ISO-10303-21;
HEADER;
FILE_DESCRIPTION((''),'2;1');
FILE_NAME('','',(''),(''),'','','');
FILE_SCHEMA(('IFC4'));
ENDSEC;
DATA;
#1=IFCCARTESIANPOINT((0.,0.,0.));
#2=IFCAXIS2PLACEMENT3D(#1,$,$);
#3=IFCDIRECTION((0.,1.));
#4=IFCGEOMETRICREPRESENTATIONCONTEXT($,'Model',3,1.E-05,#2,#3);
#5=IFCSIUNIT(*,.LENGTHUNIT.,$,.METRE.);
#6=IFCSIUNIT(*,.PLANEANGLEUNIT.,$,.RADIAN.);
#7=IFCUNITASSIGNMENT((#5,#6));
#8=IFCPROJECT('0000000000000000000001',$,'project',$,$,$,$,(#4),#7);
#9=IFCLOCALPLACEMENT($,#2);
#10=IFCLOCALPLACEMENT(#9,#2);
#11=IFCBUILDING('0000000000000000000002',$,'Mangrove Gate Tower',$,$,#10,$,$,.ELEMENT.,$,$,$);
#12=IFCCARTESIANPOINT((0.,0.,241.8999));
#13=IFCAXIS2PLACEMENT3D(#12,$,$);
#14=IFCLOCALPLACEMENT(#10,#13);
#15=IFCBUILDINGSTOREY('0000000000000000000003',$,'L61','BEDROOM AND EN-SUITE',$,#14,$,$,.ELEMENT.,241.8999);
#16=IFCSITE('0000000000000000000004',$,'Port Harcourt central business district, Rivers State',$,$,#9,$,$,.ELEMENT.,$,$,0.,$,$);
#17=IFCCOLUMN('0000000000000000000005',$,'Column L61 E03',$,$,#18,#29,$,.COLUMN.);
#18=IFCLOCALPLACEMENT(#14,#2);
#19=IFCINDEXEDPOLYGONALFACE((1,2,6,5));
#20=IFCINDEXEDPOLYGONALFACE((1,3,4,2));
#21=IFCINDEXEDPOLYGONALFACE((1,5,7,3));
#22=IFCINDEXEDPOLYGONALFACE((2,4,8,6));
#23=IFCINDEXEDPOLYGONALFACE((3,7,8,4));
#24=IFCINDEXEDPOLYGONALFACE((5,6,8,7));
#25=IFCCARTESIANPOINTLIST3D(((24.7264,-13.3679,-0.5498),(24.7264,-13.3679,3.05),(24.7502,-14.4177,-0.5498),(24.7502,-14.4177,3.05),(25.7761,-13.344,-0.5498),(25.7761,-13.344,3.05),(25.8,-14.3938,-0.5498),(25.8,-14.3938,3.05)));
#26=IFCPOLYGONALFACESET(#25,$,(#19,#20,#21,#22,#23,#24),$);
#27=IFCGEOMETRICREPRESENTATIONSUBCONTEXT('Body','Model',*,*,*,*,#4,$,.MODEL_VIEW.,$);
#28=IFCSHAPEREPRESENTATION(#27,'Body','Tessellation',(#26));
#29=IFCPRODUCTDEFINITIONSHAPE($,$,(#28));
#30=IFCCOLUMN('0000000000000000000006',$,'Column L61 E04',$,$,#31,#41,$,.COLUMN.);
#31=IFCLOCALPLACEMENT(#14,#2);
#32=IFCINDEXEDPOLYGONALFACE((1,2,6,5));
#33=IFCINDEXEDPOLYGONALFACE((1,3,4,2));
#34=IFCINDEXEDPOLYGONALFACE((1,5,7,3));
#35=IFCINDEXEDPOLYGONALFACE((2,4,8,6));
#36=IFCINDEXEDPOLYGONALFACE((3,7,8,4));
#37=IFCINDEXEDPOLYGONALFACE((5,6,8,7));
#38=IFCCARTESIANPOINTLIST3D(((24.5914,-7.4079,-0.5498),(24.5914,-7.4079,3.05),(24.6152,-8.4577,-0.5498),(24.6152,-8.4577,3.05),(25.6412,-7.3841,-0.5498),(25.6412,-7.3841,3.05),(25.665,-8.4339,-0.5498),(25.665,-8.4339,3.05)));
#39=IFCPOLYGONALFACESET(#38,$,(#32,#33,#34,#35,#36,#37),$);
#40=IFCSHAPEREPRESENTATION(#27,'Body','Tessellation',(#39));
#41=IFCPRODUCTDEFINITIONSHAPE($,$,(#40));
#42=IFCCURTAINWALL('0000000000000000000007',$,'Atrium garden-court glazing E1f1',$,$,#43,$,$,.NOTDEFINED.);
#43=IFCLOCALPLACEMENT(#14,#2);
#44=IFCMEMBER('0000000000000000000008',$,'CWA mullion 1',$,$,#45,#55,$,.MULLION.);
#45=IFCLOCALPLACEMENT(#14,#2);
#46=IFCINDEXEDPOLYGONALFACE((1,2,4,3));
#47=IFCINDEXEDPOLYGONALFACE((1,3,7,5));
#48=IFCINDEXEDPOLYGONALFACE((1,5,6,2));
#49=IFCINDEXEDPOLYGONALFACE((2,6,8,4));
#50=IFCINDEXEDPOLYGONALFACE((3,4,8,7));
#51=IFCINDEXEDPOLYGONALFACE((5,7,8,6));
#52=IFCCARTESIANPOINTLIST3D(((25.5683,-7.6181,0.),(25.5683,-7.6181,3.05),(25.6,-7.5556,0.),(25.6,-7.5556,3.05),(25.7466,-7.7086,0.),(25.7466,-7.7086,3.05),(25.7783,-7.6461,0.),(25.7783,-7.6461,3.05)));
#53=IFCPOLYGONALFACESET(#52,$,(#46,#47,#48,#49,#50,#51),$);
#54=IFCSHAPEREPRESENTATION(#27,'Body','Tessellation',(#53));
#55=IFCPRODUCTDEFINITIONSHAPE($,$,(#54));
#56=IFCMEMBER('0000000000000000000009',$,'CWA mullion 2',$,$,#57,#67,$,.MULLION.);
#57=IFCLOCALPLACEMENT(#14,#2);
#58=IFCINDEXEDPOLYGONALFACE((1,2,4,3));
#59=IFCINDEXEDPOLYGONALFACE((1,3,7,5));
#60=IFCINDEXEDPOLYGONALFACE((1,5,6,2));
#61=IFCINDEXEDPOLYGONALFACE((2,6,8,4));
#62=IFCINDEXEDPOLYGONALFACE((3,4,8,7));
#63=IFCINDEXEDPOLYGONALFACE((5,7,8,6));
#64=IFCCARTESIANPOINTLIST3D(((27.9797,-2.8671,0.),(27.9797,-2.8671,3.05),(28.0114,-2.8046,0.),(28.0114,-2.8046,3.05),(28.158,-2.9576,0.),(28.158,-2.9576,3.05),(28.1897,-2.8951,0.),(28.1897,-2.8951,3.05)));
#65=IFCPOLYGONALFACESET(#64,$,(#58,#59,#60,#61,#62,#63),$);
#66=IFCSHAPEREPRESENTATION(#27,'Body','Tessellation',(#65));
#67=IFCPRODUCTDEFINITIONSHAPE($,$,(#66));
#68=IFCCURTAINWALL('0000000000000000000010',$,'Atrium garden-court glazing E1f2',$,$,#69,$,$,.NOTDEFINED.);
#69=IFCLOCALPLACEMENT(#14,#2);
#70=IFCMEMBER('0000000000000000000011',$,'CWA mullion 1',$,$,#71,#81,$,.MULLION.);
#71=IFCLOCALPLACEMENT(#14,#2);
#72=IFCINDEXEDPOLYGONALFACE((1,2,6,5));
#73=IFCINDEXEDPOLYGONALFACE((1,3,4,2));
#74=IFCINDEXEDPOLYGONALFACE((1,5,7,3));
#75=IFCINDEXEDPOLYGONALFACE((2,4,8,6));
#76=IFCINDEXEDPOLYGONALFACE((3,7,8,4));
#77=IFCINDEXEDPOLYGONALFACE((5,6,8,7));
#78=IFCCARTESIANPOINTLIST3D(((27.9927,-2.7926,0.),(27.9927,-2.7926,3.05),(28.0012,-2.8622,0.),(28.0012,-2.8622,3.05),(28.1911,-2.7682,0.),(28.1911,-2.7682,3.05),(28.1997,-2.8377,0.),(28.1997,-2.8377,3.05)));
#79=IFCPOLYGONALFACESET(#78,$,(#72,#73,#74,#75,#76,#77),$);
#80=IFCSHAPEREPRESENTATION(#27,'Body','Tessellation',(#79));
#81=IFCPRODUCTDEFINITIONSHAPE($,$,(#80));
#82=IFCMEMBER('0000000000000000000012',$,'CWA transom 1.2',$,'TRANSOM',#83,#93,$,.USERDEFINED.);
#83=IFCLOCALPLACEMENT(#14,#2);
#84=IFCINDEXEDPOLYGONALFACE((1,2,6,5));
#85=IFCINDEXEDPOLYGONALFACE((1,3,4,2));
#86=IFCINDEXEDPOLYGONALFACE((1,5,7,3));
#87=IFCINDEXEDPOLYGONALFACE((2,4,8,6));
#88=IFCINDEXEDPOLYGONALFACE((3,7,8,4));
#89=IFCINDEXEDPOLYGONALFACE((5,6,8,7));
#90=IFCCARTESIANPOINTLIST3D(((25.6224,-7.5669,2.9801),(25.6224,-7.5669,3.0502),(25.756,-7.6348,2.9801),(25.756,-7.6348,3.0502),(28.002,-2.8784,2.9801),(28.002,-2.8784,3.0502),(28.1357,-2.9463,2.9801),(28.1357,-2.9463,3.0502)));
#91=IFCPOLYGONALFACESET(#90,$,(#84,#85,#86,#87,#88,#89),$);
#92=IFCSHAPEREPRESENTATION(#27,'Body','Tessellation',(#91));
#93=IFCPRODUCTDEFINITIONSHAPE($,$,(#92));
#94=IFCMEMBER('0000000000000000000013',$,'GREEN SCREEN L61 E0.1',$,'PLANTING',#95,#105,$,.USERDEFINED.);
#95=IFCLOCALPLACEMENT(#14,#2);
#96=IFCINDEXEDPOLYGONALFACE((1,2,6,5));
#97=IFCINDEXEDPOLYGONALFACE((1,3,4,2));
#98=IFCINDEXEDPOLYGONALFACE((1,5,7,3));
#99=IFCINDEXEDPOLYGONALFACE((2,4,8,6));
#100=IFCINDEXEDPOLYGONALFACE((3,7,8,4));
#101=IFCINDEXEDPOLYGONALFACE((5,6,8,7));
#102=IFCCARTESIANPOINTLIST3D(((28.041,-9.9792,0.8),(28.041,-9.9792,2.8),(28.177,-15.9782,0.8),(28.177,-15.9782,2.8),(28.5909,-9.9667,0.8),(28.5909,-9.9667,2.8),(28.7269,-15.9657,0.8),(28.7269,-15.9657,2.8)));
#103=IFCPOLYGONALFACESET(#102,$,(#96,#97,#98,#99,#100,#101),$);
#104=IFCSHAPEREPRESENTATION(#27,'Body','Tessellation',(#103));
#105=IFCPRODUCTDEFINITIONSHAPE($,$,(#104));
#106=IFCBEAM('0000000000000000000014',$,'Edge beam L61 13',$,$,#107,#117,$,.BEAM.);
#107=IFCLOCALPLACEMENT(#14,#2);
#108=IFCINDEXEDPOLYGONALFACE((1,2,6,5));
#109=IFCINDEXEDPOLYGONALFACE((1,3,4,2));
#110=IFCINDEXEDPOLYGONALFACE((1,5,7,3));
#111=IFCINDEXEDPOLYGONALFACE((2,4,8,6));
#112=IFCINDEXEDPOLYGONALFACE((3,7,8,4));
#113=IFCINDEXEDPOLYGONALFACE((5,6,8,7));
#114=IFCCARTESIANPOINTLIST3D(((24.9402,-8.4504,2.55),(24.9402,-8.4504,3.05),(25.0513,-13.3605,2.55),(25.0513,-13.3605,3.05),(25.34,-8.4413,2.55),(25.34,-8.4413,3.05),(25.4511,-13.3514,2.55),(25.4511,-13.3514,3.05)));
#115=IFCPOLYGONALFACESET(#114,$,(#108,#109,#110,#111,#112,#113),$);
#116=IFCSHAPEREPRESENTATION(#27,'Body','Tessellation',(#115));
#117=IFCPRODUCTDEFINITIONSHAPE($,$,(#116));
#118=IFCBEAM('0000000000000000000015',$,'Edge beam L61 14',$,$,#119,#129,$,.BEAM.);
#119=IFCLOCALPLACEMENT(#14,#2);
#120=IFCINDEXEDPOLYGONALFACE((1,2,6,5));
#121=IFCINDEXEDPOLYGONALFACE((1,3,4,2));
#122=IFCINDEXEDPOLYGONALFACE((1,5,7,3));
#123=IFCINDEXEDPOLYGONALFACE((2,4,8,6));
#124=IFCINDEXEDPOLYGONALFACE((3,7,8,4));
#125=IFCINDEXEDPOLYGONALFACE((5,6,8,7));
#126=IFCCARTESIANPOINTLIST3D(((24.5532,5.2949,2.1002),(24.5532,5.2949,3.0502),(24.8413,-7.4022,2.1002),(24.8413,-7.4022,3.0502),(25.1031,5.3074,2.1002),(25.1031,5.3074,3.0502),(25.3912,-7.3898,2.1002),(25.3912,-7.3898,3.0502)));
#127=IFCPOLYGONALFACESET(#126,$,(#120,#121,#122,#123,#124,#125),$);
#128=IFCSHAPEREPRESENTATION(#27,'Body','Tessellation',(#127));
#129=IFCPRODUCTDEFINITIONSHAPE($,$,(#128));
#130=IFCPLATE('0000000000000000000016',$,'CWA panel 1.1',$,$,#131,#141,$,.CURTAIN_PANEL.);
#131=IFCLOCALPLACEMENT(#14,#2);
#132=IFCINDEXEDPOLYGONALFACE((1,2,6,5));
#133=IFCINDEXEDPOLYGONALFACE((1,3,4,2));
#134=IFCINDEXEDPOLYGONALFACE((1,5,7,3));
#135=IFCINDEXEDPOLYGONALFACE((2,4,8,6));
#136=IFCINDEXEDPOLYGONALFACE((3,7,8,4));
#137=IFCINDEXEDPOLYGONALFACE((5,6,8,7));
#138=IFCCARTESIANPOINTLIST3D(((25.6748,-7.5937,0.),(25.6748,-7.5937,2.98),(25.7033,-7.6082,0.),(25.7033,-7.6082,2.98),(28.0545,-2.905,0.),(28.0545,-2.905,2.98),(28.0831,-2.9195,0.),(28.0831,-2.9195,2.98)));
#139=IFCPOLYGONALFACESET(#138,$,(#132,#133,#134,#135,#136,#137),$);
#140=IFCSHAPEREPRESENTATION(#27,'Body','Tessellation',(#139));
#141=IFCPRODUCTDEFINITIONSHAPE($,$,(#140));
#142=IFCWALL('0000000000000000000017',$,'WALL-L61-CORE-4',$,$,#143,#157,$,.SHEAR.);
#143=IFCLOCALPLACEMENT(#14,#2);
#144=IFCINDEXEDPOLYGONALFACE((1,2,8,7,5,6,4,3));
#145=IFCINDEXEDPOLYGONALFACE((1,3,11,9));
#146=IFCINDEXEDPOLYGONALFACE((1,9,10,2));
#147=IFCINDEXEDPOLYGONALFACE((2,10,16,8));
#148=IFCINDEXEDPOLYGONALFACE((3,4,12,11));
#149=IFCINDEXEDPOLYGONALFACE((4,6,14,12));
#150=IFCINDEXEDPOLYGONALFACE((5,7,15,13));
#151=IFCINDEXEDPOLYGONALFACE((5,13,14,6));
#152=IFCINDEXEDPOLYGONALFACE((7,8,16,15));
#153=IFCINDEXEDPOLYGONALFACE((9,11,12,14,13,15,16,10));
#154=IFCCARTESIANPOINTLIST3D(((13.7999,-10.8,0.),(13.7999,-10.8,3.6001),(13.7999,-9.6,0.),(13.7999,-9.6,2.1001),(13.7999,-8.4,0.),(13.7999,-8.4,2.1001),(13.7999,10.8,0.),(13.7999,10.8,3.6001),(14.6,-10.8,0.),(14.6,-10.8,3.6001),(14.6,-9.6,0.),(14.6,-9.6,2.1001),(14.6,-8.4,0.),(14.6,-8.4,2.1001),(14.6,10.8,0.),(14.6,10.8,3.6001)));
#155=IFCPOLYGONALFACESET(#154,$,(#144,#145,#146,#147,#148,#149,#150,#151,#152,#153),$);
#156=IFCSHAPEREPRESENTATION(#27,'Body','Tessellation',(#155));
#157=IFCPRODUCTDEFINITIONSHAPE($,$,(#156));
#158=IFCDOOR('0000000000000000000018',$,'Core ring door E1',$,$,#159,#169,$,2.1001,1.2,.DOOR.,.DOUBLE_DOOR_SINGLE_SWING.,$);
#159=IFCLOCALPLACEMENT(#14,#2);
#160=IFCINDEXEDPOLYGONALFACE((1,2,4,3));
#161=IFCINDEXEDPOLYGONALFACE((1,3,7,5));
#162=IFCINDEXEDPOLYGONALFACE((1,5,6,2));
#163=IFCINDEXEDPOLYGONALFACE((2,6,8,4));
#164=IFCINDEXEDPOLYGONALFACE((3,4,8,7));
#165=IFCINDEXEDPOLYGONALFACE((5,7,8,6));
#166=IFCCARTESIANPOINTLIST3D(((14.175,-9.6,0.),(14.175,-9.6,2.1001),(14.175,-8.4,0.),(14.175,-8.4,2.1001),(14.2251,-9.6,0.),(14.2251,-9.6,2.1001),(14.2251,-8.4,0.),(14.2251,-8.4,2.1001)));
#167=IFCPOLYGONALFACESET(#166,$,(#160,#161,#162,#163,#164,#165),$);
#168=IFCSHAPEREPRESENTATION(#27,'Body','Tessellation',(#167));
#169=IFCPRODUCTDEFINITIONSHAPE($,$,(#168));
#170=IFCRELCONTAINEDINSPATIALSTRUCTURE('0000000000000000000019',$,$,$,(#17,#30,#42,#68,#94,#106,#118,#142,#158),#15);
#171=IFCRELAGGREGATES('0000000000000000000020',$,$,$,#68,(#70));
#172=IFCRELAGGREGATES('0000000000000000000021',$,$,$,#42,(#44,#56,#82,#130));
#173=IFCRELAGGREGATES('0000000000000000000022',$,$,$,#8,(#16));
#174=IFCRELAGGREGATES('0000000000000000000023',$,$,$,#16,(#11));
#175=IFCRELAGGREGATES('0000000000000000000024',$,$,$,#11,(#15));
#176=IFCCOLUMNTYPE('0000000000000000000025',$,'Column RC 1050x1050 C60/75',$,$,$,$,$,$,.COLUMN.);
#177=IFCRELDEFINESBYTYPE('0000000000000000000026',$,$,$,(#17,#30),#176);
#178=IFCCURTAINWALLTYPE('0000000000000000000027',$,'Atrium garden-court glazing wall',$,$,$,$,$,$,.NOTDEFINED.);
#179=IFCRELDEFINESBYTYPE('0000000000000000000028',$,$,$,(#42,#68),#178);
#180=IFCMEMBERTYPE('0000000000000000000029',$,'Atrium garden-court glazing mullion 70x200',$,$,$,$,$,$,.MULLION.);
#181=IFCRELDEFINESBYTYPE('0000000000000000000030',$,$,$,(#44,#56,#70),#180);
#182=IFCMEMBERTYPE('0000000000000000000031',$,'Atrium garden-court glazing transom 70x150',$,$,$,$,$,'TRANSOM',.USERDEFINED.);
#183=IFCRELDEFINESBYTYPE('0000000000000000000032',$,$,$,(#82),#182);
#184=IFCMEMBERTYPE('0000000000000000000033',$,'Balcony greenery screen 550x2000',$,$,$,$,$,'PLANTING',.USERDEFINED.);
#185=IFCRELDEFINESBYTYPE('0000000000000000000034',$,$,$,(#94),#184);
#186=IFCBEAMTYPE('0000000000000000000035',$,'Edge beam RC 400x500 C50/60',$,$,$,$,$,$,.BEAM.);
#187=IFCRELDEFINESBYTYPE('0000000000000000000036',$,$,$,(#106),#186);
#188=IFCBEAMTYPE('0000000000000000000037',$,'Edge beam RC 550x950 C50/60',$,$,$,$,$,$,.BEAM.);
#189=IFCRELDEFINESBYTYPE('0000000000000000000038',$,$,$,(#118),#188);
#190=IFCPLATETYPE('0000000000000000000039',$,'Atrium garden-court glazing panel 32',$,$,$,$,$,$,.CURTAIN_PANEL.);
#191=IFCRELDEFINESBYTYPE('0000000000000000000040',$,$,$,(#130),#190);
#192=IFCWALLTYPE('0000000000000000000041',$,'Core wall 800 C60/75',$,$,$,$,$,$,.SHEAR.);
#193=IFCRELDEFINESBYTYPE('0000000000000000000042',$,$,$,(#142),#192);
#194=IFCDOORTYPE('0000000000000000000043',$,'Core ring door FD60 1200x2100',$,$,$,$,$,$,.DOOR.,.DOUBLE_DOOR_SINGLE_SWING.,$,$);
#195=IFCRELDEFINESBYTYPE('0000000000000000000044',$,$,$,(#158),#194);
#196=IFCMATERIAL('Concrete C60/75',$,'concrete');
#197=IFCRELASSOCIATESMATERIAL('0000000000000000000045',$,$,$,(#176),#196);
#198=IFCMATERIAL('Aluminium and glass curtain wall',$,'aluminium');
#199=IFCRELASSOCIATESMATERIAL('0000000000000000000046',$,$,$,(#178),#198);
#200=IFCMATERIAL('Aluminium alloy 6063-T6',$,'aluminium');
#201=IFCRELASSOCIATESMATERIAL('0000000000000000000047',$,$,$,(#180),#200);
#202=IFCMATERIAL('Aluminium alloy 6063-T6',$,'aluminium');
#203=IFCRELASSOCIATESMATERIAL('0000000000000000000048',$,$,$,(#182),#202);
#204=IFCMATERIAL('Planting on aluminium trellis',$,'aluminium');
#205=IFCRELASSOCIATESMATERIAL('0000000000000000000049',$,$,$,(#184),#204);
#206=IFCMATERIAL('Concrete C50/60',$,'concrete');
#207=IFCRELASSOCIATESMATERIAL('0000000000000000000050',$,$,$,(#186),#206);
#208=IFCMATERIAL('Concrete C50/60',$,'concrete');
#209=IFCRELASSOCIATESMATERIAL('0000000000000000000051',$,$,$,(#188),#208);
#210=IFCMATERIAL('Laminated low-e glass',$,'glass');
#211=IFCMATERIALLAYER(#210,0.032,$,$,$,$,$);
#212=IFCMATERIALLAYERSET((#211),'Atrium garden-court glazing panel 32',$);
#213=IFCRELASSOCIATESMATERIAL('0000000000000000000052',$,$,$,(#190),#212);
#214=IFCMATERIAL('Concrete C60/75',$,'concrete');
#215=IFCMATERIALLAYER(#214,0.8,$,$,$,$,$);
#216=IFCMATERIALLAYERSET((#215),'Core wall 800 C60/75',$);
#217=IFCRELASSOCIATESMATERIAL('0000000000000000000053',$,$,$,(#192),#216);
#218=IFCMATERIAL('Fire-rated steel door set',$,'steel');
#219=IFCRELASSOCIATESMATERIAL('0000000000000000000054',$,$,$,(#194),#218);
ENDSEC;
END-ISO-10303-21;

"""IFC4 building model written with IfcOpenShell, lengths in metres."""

from ifc_helpers import new_model, si_unit, direction, frame, frame_2d, origin, origin_2d, place, context, subcontext, project, spatial, rectangle, extrude, material, layer, layer_set, material_profile, profile_set, type_object, element, fill, aggregate, save


model = new_model("IFC4")

# Units and contexts
model_context = context("Model", 3, precision=1e-05, world=origin(), true_north=direction((0.0, 1.0)))
body_context = subcontext(model_context, "Body", "Model", "MODEL_VIEW")
ifc_project = project(units=[si_unit("LENGTHUNIT", "METRE"), si_unit("PLANEANGLEUNIT", "RADIAN")], contexts=[model_context])

# Site, building, storey
site_placement = place(None, origin())
site = spatial("IfcSite", under=ifc_project, at=site_placement, Name="Port Harcourt central business district, Rivers State", CompositionType="ELEMENT", RefElevation=0.0)
building_placement = place(site_placement, origin())
building = spatial("IfcBuilding", under=site, at=building_placement, Name="Mangrove Gate Tower", CompositionType="ELEMENT")
storey_placement = place(building_placement, frame((0.0, 0.0, 241.8999)))
storey = spatial("IfcBuildingStorey", under=building, at=storey_placement, Name="L61", Description="BEDROOM AND EN-SUITE", CompositionType="ELEMENT", Elevation=241.8999)

# Columns
ifc_material_1 = material(Name="Concrete C60/75", Category="concrete")
ifc_material_profile_1 = material_profile(ifc_material_1, rectangle(XDim=1.05, YDim=1.05, at=origin_2d()))
ifc_profile_set_1 = profile_set([ifc_material_profile_1], Name="Concrete C60/75")
column_type = type_object("IfcColumnType", Name="Column RC 1050x1050 C60/75", PredefinedType="COLUMN", material=ifc_profile_set_1)
for number, where, z_axis, x_axis, name in (
    (1, (25.2632, -13.8809, -0.5498), (0.0, 0.0, 1.0), (-0.022727, 0.999742, 0.0), "Column L61 E03"),
    (2, (25.1282, -7.9209, -0.5498), (0.0, 0.0, 1.0), (-0.022676, 0.999743, 0.0), "Column L61 E04"),
):
    element("IfcColumn", number, at=place(storey_placement, frame(where, z_axis=z_axis, x_axis=x_axis)), inside=storey, type_object=column_type, Name=name, PredefinedType="COLUMN", context=body_context, shape_type="SweptSolid", body=[
        extrude(rectangle(XDim=1.05, YDim=1.05, at=origin_2d()), origin(), (0.0, 0.0, 1.0), 3.5999),
    ])

# Curtain wall, members
ifc_material_2 = material(Name="Aluminium and glass curtain wall", Category="aluminium")
curtain_wall_type = type_object("IfcCurtainWallType", Name="Atrium garden-court glazing wall", PredefinedType="NOTDEFINED", material=ifc_material_2)
curtain_wall_1_placement = place(storey_placement, origin())
curtain_wall_1 = element("IfcCurtainWall", 3, at=curtain_wall_1_placement, inside=storey, type_object=curtain_wall_type, Name="Atrium garden-court glazing E1f1", PredefinedType="NOTDEFINED")
ifc_material_3 = material(Name="Aluminium alloy 6063-T6", Category="aluminium")
ifc_material_profile_2 = material_profile(ifc_material_3, rectangle(XDim=0.0701, YDim=0.2, at=origin_2d()))
ifc_profile_set_2 = profile_set([ifc_material_profile_2], Name="Aluminium alloy 6063-T6")
member_type_1 = type_object("IfcMemberType", Name="Atrium garden-court glazing mullion 70x200", PredefinedType="MULLION", material=ifc_profile_set_2)
member_1_placement = place(storey_placement, frame((25.6733, -7.6321, 0.0), z_axis=(0.0, 0.0, 1.0), x_axis=(0.452598, 0.891715, 0.0)))
member_1 = element("IfcMember", 4, at=member_1_placement, type_object=member_type_1, Name="CWA mullion 1", PredefinedType="MULLION", context=body_context, shape_type="SweptSolid", body=[
    extrude(rectangle(XDim=0.0701, YDim=0.2, at=origin_2d()), origin(), (0.0, 0.0, 1.0), 3.05),
])
member_2_placement = place(storey_placement, frame((28.0847, -2.8811, 0.0), z_axis=(0.0, 0.0, 1.0), x_axis=(0.452598, 0.891715, 0.0)))
member_2 = element("IfcMember", 5, at=member_2_placement, type_object=member_type_1, Name="CWA mullion 2", PredefinedType="MULLION", context=body_context, shape_type="SweptSolid", body=[
    extrude(rectangle(XDim=0.0701, YDim=0.2, at=origin_2d()), origin(), (0.0, 0.0, 1.0), 3.05),
])

# Curtain wall, member
curtain_wall_2_placement = place(storey_placement, origin())
curtain_wall_2 = element("IfcCurtainWall", 6, at=curtain_wall_2_placement, inside=storey, type_object=curtain_wall_type, Name="Atrium garden-court glazing E1f2", PredefinedType="NOTDEFINED")
member_3_placement = place(storey_placement, frame((28.0962, -2.8152, 0.0), z_axis=(0.0, 0.0, 1.0), x_axis=(-0.122172, 0.992509, 0.0)))
member_3 = element("IfcMember", 7, at=member_3_placement, type_object=member_type_1, Name="CWA mullion 1", PredefinedType="MULLION", context=body_context, shape_type="SweptSolid", body=[
    extrude(rectangle(XDim=0.0701, YDim=0.2, at=origin_2d()), origin(), (0.0, 0.0, 1.0), 3.05),
])
aggregate(curtain_wall_2, [member_3])

# Members
ifc_material_4 = material(Name="Aluminium alloy 6063-T6", Category="aluminium")
ifc_material_profile_3 = material_profile(ifc_material_4, rectangle(XDim=0.0701, YDim=0.1499, at=origin_2d()))
ifc_profile_set_3 = profile_set([ifc_material_profile_3], Name="Aluminium alloy 6063-T6")
member_type_2 = type_object("IfcMemberType", Name="Atrium garden-court glazing transom 70x150", ElementType="TRANSOM", PredefinedType="USERDEFINED", material=ifc_profile_set_3)
member_4_placement = place(storey_placement, frame((25.6892, -7.6008, 3.0151), z_axis=(0.452592, 0.891718, 0.0), x_axis=(0.0, 0.0, 1.0)))
member_4 = element("IfcMember", 8, at=member_4_placement, type_object=member_type_2, Name="CWA transom 1.2", ObjectType="TRANSOM", PredefinedType="USERDEFINED", context=body_context, shape_type="SweptSolid", body=[
    extrude(rectangle(XDim=0.0701, YDim=0.1499, at=origin_2d()), origin(), (0.0, 0.0, 1.0), 5.2578),
])
ifc_material_5 = material(Name="Planting on aluminium trellis", Category="aluminium")
ifc_material_profile_4 = material_profile(ifc_material_5, rectangle(XDim=0.55, YDim=2.0, at=origin_2d()))
ifc_profile_set_4 = profile_set([ifc_material_profile_4], Name="Planting on aluminium trellis")
member_type_3 = type_object("IfcMemberType", Name="Balcony greenery screen 550x2000", ElementType="PLANTING", PredefinedType="USERDEFINED", material=ifc_profile_set_4)
member_5_placement = place(storey_placement, frame((28.4519, -15.9719, 1.8), z_axis=(-0.022662, 0.999743, 0.0), x_axis=(-0.999743, -0.022662, 0.0)))
element("IfcMember", 9, at=member_5_placement, inside=storey, type_object=member_type_3, Name="GREEN SCREEN L61 E0.1", ObjectType="PLANTING", PredefinedType="USERDEFINED", context=body_context, shape_type="SweptSolid", body=[
    extrude(rectangle(XDim=0.55, YDim=2.0, at=origin_2d()), origin(), (0.0, 0.0, 1.0), 6.0005),
])

# Beams
ifc_material_6 = material(Name="Concrete C50/60", Category="concrete")
ifc_material_profile_5 = material_profile(ifc_material_6, rectangle(XDim=0.3999, YDim=0.5, at=origin_2d()))
ifc_profile_set_5 = profile_set([ifc_material_profile_5], Name="Concrete C50/60")
beam_type_1 = type_object("IfcBeamType", Name="Edge beam RC 400x500 C50/60", PredefinedType="BEAM", material=ifc_profile_set_5)
beam_1_placement = place(storey_placement, frame((25.2512, -13.356, 2.8), z_axis=(-0.022618, 0.999744, 0.0), x_axis=(-0.999744, -0.022618, 0.0)))
element("IfcBeam", 10, at=beam_1_placement, inside=storey, type_object=beam_type_1, Name="Edge beam L61 13", PredefinedType="BEAM", context=body_context, shape_type="SweptSolid", body=[
    extrude(rectangle(XDim=0.3999, YDim=0.5, at=origin_2d()), origin(), (0.0, 0.0, 1.0), 4.9114),
])
ifc_material_7 = material(Name="Concrete C50/60", Category="concrete")
ifc_material_profile_6 = material_profile(ifc_material_7, rectangle(XDim=0.55, YDim=0.95, at=origin_2d()))
ifc_profile_set_6 = profile_set([ifc_material_profile_6], Name="Concrete C50/60")
beam_type_2 = type_object("IfcBeamType", Name="Edge beam RC 550x950 C50/60", PredefinedType="BEAM", material=ifc_profile_set_6)
beam_2_placement = place(storey_placement, frame((25.1162, -7.396, 2.5752), z_axis=(-0.022683, 0.999743, 0.0), x_axis=(-0.999743, -0.022683, 0.0)))
element("IfcBeam", 11, at=beam_2_placement, inside=storey, type_object=beam_type_2, Name="Edge beam L61 14", PredefinedType="BEAM", context=body_context, shape_type="SweptSolid", body=[
    extrude(rectangle(XDim=0.55, YDim=0.95, at=origin_2d()), origin(), (0.0, 0.0, 1.0), 12.7004),
])

# Plate
ifc_material_8 = material(Name="Laminated low-e glass", Category="glass")
ifc_layer_1 = layer(ifc_material_8, 0.032)
ifc_layer_set_1 = layer_set([ifc_layer_1], Name="Atrium garden-court glazing panel 32")
plate_type = type_object("IfcPlateType", Name="Atrium garden-court glazing panel 32", PredefinedType="CURTAIN_PANEL", material=ifc_layer_set_1)
plate_placement = place(storey_placement, frame((26.8789, -5.2566, 0.0), z_axis=(0.0, 0.0, 1.0), x_axis=(0.452598, 0.891715, 0.0)))
plate = element("IfcPlate", 12, at=plate_placement, type_object=plate_type, Name="CWA panel 1.1", PredefinedType="CURTAIN_PANEL", context=body_context, shape_type="SweptSolid", body=[
    extrude(rectangle(XDim=5.2581, YDim=0.032, at=origin_2d()), origin(), (0.0, 0.0, 1.0), 2.98),
])
aggregate(curtain_wall_1, [member_1, member_2, member_4, plate])

# Wall, opening, door
ifc_material_9 = material(Name="Concrete C60/75", Category="concrete")
ifc_layer_2 = layer(ifc_material_9, 0.8)
ifc_layer_set_2 = layer_set([ifc_layer_2], Name="Core wall 800 C60/75")
wall_type_1 = type_object("IfcWallType", Name="Core wall 800 C60/75", PredefinedType="SHEAR", material=ifc_layer_set_2)
wall_1_placement = place(storey_placement, frame((14.2, -10.8, 0.0), z_axis=(0.0, 0.0, 1.0), x_axis=(0.0, 1.0, 0.0)))
wall_1 = element("IfcWall", 13, at=wall_1_placement, inside=storey, type_object=wall_type_1, Name="WALL-L61-CORE-4", PredefinedType="SHEAR", context=body_context, shape_type="SweptSolid", body=[
    extrude(rectangle(XDim=21.6001, YDim=0.8, at=frame_2d((10.8, 0.0))), origin(), (0.0, 0.0, 1.0), 3.6001),
])
opening_1_placement = place(wall_1_placement, frame((1.2, 0.0, 0.0)))
opening_1 = element("IfcOpeningElement", 14, at=opening_1_placement, cuts=wall_1, PredefinedType="OPENING", context=body_context, shape_type="SweptSolid", body=[
    extrude(rectangle(XDim=1.2, YDim=2.1001, at=frame_2d((0.6001, 1.05))), frame((0.0, 0.4099, 0.0), z_axis=(0.0, -1.0, 0.0), x_axis=(1.0, 0.0, 0.0)), (0.0, 0.0, 1.0), 0.8201),
])
ifc_material_10 = material(Name="Fire-rated steel door set", Category="steel")
door_type_1 = type_object("IfcDoorType", Name="Core ring door FD60 1200x2100", OperationType="DOUBLE_DOOR_SINGLE_SWING", PredefinedType="DOOR", material=ifc_material_10)
door_1_placement = place(opening_1_placement, origin())
door_1 = element("IfcDoor", 15, at=door_1_placement, inside=storey, type_object=door_type_1, Name="Core ring door E1", OperationType="DOUBLE_DOOR_SINGLE_SWING", OverallHeight=2.1001, OverallWidth=1.2, PredefinedType="DOOR", context=body_context, shape_type="SweptSolid", body=[
    extrude(rectangle(XDim=1.2, YDim=2.1001, at=frame_2d((0.6001, 1.05))), frame((0.0, 0.0249, 0.0), z_axis=(0.0, -1.0, 0.0), x_axis=(1.0, 0.0, 0.0)), (0.0, 0.0, 1.0), 0.05),
])
fill(opening_1, door_1)

save(model, "model.ifc")
